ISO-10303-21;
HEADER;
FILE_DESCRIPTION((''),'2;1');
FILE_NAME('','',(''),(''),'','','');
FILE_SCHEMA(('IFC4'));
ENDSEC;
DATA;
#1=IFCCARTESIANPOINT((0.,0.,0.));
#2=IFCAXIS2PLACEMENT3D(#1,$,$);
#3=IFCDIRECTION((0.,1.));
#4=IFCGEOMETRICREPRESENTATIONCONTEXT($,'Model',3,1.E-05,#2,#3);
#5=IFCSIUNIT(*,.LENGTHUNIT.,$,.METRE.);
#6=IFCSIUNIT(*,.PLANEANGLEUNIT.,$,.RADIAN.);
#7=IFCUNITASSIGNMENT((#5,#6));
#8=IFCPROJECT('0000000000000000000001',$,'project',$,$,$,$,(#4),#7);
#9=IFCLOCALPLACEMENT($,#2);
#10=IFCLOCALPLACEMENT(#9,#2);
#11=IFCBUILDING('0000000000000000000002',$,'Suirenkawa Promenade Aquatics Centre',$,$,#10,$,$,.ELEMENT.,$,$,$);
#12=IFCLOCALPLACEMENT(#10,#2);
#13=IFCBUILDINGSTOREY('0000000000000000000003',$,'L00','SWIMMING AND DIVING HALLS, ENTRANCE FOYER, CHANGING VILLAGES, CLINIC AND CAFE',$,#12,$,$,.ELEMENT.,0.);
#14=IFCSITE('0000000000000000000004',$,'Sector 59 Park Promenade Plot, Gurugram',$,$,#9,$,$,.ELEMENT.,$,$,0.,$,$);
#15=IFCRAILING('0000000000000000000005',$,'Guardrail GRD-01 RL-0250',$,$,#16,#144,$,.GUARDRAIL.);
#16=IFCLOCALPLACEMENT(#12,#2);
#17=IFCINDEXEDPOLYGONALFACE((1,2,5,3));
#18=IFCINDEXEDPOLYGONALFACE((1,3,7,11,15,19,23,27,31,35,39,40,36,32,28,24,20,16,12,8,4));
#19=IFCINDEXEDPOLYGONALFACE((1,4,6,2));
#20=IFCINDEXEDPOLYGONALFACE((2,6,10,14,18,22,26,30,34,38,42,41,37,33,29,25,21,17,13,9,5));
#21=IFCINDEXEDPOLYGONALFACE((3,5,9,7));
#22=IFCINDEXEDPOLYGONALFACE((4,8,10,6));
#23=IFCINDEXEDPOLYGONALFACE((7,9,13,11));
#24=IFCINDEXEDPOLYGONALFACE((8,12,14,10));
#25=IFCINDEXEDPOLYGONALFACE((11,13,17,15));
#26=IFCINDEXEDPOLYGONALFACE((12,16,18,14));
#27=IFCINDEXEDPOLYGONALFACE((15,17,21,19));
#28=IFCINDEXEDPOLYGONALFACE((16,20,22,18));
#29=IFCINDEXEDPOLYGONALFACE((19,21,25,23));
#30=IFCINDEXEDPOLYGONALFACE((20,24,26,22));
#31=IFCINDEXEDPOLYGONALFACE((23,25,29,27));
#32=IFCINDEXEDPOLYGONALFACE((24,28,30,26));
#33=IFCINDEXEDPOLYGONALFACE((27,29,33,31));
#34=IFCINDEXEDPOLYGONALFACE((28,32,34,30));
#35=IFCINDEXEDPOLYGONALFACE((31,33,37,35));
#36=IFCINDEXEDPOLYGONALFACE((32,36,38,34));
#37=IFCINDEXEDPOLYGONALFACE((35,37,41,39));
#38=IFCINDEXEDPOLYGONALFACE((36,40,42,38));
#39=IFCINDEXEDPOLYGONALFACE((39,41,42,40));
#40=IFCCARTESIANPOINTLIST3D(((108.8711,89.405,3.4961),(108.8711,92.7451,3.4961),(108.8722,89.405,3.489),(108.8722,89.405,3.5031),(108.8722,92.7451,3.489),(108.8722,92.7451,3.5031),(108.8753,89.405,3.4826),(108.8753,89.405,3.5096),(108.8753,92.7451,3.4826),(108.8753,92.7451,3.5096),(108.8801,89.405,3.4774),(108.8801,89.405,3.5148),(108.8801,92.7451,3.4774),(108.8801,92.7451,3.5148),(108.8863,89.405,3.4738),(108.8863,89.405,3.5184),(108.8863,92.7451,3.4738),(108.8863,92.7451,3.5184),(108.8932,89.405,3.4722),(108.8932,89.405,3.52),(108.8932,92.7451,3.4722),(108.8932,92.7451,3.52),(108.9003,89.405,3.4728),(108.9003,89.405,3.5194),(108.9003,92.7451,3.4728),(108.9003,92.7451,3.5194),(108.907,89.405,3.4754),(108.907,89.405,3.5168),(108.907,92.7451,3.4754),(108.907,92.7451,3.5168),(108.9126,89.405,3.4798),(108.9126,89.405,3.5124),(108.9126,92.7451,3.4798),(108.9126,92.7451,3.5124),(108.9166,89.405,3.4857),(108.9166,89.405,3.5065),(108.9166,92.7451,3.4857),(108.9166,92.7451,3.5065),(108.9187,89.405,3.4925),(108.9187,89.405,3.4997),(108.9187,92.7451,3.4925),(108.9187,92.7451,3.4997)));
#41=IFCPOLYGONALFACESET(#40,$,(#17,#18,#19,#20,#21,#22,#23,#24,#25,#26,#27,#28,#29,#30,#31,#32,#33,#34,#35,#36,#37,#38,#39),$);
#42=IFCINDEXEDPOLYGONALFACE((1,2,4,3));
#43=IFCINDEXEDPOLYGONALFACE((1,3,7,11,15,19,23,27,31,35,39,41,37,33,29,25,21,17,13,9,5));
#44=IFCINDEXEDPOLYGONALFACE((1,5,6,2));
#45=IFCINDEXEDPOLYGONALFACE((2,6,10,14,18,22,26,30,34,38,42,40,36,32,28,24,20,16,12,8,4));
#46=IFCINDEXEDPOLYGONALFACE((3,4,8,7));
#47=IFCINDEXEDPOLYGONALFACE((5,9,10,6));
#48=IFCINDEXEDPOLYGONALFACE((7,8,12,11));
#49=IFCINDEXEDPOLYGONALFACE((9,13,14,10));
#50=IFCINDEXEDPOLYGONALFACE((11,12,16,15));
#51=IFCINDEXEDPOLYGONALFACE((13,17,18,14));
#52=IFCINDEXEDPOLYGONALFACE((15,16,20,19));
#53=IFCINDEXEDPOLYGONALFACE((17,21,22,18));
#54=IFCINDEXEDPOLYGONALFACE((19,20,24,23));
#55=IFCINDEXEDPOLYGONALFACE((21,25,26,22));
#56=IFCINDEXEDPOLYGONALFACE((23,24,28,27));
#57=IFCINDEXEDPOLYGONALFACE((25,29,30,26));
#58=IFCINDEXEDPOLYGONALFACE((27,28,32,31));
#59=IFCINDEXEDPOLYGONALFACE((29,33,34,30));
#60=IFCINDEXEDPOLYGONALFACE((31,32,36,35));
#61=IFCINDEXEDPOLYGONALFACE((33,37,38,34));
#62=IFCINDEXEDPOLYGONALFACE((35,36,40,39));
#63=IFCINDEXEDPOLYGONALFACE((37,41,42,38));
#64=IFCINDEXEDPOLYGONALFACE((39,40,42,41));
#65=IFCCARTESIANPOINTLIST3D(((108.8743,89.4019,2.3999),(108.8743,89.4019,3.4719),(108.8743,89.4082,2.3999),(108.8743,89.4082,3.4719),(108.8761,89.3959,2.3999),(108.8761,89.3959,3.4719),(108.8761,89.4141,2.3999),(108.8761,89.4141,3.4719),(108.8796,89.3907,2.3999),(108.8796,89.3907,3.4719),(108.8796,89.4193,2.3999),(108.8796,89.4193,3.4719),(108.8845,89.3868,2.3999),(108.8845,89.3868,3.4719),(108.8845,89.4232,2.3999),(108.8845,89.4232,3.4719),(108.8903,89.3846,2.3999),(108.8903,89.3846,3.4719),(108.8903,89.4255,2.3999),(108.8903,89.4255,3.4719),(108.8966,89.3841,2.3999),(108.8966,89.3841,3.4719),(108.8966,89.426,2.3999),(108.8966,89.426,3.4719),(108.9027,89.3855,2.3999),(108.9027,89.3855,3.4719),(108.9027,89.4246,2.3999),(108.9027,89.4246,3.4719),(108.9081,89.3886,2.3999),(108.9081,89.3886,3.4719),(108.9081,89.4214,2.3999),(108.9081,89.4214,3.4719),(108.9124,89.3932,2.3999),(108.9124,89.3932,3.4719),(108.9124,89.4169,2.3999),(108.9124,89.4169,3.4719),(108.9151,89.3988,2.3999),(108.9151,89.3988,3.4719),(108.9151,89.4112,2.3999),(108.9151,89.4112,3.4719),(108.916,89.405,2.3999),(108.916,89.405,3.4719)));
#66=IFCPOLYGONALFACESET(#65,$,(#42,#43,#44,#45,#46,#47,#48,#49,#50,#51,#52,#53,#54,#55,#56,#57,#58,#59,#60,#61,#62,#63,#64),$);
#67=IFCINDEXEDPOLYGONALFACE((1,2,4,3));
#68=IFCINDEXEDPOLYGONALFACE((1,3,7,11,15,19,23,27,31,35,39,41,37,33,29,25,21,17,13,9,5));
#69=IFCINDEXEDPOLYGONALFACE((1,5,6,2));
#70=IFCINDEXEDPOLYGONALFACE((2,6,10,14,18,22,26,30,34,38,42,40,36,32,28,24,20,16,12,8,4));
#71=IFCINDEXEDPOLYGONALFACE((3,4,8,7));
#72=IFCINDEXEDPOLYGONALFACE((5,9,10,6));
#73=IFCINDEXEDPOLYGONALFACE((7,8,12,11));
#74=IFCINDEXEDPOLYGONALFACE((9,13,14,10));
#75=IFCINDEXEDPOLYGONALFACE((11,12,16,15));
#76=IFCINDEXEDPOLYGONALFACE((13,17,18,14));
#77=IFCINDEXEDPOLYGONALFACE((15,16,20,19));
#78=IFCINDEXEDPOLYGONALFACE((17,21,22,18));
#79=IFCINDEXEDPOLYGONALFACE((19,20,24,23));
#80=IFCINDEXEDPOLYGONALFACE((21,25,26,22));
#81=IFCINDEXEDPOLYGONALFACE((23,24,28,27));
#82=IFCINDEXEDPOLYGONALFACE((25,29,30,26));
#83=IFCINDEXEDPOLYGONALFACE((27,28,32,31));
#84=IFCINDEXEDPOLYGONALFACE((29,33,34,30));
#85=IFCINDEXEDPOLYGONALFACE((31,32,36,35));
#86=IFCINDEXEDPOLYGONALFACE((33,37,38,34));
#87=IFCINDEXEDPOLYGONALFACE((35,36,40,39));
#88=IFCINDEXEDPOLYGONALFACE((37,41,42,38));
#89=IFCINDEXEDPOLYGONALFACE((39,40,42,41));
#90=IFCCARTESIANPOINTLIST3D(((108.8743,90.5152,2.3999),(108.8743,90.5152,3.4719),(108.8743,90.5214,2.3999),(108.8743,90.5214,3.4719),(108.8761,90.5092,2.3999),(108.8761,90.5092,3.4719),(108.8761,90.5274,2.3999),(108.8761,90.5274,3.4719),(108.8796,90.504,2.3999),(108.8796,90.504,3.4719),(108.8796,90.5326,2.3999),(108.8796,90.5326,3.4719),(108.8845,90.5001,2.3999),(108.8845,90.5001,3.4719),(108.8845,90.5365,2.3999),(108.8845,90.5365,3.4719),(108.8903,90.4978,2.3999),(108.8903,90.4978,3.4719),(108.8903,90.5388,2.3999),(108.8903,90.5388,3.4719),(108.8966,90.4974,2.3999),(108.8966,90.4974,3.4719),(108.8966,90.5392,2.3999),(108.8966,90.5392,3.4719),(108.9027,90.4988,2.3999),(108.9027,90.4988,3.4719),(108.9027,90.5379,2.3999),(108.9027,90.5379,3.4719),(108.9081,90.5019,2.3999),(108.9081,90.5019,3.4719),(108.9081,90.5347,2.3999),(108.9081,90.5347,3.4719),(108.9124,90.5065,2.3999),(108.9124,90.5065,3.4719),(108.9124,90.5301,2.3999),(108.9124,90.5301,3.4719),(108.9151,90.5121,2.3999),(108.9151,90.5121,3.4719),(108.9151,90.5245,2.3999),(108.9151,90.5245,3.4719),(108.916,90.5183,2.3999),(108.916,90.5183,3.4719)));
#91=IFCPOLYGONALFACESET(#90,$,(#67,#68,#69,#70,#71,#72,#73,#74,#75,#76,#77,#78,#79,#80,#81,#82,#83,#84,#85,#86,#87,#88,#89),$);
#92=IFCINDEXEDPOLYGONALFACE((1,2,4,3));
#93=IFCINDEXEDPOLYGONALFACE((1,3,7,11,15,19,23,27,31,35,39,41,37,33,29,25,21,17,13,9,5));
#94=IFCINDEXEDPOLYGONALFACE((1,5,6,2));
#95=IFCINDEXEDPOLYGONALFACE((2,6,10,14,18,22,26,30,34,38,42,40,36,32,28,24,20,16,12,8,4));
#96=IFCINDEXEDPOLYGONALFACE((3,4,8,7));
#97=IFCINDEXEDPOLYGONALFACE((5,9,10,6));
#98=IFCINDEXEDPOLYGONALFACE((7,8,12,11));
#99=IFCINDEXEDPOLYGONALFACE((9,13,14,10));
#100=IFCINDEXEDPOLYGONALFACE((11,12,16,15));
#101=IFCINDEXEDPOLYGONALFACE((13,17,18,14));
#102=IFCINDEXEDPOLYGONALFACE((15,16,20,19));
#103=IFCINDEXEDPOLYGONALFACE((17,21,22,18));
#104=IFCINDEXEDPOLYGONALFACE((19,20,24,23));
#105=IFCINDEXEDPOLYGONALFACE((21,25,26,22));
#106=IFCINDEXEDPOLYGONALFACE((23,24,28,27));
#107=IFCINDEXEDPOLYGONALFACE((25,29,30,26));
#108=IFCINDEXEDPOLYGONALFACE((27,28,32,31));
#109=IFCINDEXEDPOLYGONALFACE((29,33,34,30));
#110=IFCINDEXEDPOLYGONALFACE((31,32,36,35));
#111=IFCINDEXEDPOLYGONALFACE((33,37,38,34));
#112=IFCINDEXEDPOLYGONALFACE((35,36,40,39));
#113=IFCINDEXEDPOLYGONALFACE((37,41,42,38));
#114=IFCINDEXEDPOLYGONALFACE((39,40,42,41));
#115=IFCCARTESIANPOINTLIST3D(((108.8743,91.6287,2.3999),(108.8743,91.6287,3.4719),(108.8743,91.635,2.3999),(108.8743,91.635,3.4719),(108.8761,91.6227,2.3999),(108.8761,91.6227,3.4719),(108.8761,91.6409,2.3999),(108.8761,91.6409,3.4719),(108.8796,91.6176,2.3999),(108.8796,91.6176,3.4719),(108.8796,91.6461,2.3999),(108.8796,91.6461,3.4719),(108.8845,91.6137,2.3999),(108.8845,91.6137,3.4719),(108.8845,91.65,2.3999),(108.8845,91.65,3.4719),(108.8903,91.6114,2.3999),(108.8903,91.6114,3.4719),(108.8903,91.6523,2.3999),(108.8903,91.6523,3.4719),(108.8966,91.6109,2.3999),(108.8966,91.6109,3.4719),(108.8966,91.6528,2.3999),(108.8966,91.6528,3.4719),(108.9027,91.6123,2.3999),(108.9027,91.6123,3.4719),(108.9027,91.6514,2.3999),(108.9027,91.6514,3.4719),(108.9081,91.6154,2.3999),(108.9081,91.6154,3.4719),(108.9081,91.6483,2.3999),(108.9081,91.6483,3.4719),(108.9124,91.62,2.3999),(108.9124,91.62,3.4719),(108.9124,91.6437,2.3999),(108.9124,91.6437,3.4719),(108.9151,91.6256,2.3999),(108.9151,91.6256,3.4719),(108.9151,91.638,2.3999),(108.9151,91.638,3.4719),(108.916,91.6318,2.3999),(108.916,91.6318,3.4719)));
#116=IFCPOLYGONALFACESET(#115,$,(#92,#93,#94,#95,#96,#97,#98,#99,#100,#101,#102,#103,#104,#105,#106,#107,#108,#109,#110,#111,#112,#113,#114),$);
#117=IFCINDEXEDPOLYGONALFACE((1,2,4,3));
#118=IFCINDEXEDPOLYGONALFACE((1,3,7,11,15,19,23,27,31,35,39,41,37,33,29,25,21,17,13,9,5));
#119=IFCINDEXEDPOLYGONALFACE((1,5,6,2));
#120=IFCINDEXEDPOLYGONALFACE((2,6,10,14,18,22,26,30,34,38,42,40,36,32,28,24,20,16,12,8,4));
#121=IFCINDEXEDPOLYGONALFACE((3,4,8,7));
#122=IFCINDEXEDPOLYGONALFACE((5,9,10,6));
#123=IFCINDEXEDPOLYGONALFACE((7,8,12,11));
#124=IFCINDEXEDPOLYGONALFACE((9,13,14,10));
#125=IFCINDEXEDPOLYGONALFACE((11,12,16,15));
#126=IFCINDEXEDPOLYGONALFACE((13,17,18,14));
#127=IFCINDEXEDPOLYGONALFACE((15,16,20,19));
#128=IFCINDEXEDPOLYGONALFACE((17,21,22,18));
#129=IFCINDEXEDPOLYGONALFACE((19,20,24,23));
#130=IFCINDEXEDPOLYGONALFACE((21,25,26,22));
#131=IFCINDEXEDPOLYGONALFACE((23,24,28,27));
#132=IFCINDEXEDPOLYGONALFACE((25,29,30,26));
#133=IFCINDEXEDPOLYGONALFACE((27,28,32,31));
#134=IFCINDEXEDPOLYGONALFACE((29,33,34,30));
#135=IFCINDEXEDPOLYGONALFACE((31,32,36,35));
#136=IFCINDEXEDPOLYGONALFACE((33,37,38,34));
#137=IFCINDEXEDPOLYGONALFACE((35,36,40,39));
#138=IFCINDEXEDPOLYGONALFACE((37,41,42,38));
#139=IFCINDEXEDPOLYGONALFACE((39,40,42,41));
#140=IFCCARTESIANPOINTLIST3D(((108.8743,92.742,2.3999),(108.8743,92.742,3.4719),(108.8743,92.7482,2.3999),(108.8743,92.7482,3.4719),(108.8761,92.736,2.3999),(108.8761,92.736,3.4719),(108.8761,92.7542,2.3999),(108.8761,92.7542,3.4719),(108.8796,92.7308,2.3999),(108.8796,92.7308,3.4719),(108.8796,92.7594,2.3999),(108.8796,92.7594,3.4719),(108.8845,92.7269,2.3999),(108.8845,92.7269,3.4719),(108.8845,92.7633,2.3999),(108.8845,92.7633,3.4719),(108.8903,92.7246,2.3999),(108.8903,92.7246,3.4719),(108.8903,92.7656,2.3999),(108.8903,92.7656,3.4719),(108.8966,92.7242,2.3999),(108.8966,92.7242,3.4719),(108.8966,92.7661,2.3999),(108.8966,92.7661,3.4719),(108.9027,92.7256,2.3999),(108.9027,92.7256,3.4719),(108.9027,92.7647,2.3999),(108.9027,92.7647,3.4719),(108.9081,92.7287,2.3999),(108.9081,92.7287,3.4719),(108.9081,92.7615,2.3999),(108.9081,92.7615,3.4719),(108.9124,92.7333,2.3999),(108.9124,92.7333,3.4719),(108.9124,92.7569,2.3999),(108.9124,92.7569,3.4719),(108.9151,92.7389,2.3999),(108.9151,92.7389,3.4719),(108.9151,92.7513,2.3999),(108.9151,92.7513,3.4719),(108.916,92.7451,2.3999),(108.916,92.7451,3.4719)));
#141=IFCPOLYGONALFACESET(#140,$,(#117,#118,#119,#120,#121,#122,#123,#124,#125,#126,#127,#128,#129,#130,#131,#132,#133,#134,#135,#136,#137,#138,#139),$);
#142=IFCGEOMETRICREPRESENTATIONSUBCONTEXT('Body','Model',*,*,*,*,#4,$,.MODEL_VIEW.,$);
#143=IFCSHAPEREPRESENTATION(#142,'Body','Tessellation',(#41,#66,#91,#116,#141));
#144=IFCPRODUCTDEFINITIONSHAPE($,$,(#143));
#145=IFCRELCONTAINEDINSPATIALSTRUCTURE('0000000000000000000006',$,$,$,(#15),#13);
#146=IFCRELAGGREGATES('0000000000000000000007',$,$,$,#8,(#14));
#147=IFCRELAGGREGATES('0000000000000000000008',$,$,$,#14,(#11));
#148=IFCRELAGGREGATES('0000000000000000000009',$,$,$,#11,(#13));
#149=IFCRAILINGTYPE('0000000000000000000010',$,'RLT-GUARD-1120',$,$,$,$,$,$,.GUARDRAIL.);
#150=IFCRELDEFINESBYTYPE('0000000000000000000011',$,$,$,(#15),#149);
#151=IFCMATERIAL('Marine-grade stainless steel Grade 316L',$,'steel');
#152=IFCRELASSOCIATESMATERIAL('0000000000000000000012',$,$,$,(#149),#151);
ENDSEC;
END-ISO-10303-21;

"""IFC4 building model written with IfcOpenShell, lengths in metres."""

from ifc_helpers import new_model, si_unit, direction, frame, origin, origin_2d, place, context, subcontext, project, spatial, circle, extrude, material, type_object, element, save


model = new_model("IFC4")

# Units and contexts
model_context = context("Model", 3, precision=1e-05, world=origin(), true_north=direction((0.0, 1.0)))
body_context = subcontext(model_context, "Body", "Model", "MODEL_VIEW")
ifc_project = project(units=[si_unit("LENGTHUNIT", "METRE"), si_unit("PLANEANGLEUNIT", "RADIAN")], contexts=[model_context])

# Site, building, storey
site_placement = place(None, origin())
site = spatial("IfcSite", under=ifc_project, at=site_placement, Name="Sector 59 Park Promenade Plot, Gurugram", CompositionType="ELEMENT", RefElevation=0.0)
building_placement = place(site_placement, origin())
building = spatial("IfcBuilding", under=site, at=building_placement, Name="Suirenkawa Promenade Aquatics Centre", CompositionType="ELEMENT")
storey_placement = place(building_placement, origin())
storey = spatial("IfcBuildingStorey", under=building, at=storey_placement, Name="L00", Description="SWIMMING AND DIVING HALLS, ENTRANCE FOYER, CHANGING VILLAGES, CLINIC AND CAFE", CompositionType="ELEMENT", Elevation=0.0)

# Railing
ifc_material_1 = material(Name="Marine-grade stainless steel Grade 316L", Category="steel")
railing_type = type_object("IfcRailingType", Name="RLT-GUARD-1120", PredefinedType="GUARDRAIL", material=ifc_material_1)
for number, where, name in (
    (1, (108.895, 89.405, 2.3999), "Guardrail GRD-01 RL-0250"),
):
    element("IfcRailing", number, at=place(storey_placement, frame(where)), inside=storey, type_object=railing_type, Name=name, PredefinedType="GUARDRAIL", context=body_context, shape_type="SweptSolid", body=[
        extrude(circle(Radius=0.0239, at=origin_2d()), frame((0.0, 0.0, 1.0962), z_axis=(0.0, 1.0, 0.0), x_axis=(-1.0, 0.0, 0.0)), (0.0, 0.0, 1.0), 3.3401),
        extrude(circle(Radius=0.021, at=origin_2d()), origin(), (0.0, 0.0, 1.0), 1.072),
        extrude(circle(Radius=0.021, at=origin_2d()), frame((0.0, 1.1133, 0.0)), (0.0, 0.0, 1.0), 1.072),
        extrude(circle(Radius=0.021, at=origin_2d()), frame((0.0, 2.2268, 0.0)), (0.0, 0.0, 1.0), 1.072),
        extrude(circle(Radius=0.021, at=origin_2d()), frame((0.0, 3.3401, 0.0)), (0.0, 0.0, 1.0), 1.072),
    ])

save(model, "model.ifc")
